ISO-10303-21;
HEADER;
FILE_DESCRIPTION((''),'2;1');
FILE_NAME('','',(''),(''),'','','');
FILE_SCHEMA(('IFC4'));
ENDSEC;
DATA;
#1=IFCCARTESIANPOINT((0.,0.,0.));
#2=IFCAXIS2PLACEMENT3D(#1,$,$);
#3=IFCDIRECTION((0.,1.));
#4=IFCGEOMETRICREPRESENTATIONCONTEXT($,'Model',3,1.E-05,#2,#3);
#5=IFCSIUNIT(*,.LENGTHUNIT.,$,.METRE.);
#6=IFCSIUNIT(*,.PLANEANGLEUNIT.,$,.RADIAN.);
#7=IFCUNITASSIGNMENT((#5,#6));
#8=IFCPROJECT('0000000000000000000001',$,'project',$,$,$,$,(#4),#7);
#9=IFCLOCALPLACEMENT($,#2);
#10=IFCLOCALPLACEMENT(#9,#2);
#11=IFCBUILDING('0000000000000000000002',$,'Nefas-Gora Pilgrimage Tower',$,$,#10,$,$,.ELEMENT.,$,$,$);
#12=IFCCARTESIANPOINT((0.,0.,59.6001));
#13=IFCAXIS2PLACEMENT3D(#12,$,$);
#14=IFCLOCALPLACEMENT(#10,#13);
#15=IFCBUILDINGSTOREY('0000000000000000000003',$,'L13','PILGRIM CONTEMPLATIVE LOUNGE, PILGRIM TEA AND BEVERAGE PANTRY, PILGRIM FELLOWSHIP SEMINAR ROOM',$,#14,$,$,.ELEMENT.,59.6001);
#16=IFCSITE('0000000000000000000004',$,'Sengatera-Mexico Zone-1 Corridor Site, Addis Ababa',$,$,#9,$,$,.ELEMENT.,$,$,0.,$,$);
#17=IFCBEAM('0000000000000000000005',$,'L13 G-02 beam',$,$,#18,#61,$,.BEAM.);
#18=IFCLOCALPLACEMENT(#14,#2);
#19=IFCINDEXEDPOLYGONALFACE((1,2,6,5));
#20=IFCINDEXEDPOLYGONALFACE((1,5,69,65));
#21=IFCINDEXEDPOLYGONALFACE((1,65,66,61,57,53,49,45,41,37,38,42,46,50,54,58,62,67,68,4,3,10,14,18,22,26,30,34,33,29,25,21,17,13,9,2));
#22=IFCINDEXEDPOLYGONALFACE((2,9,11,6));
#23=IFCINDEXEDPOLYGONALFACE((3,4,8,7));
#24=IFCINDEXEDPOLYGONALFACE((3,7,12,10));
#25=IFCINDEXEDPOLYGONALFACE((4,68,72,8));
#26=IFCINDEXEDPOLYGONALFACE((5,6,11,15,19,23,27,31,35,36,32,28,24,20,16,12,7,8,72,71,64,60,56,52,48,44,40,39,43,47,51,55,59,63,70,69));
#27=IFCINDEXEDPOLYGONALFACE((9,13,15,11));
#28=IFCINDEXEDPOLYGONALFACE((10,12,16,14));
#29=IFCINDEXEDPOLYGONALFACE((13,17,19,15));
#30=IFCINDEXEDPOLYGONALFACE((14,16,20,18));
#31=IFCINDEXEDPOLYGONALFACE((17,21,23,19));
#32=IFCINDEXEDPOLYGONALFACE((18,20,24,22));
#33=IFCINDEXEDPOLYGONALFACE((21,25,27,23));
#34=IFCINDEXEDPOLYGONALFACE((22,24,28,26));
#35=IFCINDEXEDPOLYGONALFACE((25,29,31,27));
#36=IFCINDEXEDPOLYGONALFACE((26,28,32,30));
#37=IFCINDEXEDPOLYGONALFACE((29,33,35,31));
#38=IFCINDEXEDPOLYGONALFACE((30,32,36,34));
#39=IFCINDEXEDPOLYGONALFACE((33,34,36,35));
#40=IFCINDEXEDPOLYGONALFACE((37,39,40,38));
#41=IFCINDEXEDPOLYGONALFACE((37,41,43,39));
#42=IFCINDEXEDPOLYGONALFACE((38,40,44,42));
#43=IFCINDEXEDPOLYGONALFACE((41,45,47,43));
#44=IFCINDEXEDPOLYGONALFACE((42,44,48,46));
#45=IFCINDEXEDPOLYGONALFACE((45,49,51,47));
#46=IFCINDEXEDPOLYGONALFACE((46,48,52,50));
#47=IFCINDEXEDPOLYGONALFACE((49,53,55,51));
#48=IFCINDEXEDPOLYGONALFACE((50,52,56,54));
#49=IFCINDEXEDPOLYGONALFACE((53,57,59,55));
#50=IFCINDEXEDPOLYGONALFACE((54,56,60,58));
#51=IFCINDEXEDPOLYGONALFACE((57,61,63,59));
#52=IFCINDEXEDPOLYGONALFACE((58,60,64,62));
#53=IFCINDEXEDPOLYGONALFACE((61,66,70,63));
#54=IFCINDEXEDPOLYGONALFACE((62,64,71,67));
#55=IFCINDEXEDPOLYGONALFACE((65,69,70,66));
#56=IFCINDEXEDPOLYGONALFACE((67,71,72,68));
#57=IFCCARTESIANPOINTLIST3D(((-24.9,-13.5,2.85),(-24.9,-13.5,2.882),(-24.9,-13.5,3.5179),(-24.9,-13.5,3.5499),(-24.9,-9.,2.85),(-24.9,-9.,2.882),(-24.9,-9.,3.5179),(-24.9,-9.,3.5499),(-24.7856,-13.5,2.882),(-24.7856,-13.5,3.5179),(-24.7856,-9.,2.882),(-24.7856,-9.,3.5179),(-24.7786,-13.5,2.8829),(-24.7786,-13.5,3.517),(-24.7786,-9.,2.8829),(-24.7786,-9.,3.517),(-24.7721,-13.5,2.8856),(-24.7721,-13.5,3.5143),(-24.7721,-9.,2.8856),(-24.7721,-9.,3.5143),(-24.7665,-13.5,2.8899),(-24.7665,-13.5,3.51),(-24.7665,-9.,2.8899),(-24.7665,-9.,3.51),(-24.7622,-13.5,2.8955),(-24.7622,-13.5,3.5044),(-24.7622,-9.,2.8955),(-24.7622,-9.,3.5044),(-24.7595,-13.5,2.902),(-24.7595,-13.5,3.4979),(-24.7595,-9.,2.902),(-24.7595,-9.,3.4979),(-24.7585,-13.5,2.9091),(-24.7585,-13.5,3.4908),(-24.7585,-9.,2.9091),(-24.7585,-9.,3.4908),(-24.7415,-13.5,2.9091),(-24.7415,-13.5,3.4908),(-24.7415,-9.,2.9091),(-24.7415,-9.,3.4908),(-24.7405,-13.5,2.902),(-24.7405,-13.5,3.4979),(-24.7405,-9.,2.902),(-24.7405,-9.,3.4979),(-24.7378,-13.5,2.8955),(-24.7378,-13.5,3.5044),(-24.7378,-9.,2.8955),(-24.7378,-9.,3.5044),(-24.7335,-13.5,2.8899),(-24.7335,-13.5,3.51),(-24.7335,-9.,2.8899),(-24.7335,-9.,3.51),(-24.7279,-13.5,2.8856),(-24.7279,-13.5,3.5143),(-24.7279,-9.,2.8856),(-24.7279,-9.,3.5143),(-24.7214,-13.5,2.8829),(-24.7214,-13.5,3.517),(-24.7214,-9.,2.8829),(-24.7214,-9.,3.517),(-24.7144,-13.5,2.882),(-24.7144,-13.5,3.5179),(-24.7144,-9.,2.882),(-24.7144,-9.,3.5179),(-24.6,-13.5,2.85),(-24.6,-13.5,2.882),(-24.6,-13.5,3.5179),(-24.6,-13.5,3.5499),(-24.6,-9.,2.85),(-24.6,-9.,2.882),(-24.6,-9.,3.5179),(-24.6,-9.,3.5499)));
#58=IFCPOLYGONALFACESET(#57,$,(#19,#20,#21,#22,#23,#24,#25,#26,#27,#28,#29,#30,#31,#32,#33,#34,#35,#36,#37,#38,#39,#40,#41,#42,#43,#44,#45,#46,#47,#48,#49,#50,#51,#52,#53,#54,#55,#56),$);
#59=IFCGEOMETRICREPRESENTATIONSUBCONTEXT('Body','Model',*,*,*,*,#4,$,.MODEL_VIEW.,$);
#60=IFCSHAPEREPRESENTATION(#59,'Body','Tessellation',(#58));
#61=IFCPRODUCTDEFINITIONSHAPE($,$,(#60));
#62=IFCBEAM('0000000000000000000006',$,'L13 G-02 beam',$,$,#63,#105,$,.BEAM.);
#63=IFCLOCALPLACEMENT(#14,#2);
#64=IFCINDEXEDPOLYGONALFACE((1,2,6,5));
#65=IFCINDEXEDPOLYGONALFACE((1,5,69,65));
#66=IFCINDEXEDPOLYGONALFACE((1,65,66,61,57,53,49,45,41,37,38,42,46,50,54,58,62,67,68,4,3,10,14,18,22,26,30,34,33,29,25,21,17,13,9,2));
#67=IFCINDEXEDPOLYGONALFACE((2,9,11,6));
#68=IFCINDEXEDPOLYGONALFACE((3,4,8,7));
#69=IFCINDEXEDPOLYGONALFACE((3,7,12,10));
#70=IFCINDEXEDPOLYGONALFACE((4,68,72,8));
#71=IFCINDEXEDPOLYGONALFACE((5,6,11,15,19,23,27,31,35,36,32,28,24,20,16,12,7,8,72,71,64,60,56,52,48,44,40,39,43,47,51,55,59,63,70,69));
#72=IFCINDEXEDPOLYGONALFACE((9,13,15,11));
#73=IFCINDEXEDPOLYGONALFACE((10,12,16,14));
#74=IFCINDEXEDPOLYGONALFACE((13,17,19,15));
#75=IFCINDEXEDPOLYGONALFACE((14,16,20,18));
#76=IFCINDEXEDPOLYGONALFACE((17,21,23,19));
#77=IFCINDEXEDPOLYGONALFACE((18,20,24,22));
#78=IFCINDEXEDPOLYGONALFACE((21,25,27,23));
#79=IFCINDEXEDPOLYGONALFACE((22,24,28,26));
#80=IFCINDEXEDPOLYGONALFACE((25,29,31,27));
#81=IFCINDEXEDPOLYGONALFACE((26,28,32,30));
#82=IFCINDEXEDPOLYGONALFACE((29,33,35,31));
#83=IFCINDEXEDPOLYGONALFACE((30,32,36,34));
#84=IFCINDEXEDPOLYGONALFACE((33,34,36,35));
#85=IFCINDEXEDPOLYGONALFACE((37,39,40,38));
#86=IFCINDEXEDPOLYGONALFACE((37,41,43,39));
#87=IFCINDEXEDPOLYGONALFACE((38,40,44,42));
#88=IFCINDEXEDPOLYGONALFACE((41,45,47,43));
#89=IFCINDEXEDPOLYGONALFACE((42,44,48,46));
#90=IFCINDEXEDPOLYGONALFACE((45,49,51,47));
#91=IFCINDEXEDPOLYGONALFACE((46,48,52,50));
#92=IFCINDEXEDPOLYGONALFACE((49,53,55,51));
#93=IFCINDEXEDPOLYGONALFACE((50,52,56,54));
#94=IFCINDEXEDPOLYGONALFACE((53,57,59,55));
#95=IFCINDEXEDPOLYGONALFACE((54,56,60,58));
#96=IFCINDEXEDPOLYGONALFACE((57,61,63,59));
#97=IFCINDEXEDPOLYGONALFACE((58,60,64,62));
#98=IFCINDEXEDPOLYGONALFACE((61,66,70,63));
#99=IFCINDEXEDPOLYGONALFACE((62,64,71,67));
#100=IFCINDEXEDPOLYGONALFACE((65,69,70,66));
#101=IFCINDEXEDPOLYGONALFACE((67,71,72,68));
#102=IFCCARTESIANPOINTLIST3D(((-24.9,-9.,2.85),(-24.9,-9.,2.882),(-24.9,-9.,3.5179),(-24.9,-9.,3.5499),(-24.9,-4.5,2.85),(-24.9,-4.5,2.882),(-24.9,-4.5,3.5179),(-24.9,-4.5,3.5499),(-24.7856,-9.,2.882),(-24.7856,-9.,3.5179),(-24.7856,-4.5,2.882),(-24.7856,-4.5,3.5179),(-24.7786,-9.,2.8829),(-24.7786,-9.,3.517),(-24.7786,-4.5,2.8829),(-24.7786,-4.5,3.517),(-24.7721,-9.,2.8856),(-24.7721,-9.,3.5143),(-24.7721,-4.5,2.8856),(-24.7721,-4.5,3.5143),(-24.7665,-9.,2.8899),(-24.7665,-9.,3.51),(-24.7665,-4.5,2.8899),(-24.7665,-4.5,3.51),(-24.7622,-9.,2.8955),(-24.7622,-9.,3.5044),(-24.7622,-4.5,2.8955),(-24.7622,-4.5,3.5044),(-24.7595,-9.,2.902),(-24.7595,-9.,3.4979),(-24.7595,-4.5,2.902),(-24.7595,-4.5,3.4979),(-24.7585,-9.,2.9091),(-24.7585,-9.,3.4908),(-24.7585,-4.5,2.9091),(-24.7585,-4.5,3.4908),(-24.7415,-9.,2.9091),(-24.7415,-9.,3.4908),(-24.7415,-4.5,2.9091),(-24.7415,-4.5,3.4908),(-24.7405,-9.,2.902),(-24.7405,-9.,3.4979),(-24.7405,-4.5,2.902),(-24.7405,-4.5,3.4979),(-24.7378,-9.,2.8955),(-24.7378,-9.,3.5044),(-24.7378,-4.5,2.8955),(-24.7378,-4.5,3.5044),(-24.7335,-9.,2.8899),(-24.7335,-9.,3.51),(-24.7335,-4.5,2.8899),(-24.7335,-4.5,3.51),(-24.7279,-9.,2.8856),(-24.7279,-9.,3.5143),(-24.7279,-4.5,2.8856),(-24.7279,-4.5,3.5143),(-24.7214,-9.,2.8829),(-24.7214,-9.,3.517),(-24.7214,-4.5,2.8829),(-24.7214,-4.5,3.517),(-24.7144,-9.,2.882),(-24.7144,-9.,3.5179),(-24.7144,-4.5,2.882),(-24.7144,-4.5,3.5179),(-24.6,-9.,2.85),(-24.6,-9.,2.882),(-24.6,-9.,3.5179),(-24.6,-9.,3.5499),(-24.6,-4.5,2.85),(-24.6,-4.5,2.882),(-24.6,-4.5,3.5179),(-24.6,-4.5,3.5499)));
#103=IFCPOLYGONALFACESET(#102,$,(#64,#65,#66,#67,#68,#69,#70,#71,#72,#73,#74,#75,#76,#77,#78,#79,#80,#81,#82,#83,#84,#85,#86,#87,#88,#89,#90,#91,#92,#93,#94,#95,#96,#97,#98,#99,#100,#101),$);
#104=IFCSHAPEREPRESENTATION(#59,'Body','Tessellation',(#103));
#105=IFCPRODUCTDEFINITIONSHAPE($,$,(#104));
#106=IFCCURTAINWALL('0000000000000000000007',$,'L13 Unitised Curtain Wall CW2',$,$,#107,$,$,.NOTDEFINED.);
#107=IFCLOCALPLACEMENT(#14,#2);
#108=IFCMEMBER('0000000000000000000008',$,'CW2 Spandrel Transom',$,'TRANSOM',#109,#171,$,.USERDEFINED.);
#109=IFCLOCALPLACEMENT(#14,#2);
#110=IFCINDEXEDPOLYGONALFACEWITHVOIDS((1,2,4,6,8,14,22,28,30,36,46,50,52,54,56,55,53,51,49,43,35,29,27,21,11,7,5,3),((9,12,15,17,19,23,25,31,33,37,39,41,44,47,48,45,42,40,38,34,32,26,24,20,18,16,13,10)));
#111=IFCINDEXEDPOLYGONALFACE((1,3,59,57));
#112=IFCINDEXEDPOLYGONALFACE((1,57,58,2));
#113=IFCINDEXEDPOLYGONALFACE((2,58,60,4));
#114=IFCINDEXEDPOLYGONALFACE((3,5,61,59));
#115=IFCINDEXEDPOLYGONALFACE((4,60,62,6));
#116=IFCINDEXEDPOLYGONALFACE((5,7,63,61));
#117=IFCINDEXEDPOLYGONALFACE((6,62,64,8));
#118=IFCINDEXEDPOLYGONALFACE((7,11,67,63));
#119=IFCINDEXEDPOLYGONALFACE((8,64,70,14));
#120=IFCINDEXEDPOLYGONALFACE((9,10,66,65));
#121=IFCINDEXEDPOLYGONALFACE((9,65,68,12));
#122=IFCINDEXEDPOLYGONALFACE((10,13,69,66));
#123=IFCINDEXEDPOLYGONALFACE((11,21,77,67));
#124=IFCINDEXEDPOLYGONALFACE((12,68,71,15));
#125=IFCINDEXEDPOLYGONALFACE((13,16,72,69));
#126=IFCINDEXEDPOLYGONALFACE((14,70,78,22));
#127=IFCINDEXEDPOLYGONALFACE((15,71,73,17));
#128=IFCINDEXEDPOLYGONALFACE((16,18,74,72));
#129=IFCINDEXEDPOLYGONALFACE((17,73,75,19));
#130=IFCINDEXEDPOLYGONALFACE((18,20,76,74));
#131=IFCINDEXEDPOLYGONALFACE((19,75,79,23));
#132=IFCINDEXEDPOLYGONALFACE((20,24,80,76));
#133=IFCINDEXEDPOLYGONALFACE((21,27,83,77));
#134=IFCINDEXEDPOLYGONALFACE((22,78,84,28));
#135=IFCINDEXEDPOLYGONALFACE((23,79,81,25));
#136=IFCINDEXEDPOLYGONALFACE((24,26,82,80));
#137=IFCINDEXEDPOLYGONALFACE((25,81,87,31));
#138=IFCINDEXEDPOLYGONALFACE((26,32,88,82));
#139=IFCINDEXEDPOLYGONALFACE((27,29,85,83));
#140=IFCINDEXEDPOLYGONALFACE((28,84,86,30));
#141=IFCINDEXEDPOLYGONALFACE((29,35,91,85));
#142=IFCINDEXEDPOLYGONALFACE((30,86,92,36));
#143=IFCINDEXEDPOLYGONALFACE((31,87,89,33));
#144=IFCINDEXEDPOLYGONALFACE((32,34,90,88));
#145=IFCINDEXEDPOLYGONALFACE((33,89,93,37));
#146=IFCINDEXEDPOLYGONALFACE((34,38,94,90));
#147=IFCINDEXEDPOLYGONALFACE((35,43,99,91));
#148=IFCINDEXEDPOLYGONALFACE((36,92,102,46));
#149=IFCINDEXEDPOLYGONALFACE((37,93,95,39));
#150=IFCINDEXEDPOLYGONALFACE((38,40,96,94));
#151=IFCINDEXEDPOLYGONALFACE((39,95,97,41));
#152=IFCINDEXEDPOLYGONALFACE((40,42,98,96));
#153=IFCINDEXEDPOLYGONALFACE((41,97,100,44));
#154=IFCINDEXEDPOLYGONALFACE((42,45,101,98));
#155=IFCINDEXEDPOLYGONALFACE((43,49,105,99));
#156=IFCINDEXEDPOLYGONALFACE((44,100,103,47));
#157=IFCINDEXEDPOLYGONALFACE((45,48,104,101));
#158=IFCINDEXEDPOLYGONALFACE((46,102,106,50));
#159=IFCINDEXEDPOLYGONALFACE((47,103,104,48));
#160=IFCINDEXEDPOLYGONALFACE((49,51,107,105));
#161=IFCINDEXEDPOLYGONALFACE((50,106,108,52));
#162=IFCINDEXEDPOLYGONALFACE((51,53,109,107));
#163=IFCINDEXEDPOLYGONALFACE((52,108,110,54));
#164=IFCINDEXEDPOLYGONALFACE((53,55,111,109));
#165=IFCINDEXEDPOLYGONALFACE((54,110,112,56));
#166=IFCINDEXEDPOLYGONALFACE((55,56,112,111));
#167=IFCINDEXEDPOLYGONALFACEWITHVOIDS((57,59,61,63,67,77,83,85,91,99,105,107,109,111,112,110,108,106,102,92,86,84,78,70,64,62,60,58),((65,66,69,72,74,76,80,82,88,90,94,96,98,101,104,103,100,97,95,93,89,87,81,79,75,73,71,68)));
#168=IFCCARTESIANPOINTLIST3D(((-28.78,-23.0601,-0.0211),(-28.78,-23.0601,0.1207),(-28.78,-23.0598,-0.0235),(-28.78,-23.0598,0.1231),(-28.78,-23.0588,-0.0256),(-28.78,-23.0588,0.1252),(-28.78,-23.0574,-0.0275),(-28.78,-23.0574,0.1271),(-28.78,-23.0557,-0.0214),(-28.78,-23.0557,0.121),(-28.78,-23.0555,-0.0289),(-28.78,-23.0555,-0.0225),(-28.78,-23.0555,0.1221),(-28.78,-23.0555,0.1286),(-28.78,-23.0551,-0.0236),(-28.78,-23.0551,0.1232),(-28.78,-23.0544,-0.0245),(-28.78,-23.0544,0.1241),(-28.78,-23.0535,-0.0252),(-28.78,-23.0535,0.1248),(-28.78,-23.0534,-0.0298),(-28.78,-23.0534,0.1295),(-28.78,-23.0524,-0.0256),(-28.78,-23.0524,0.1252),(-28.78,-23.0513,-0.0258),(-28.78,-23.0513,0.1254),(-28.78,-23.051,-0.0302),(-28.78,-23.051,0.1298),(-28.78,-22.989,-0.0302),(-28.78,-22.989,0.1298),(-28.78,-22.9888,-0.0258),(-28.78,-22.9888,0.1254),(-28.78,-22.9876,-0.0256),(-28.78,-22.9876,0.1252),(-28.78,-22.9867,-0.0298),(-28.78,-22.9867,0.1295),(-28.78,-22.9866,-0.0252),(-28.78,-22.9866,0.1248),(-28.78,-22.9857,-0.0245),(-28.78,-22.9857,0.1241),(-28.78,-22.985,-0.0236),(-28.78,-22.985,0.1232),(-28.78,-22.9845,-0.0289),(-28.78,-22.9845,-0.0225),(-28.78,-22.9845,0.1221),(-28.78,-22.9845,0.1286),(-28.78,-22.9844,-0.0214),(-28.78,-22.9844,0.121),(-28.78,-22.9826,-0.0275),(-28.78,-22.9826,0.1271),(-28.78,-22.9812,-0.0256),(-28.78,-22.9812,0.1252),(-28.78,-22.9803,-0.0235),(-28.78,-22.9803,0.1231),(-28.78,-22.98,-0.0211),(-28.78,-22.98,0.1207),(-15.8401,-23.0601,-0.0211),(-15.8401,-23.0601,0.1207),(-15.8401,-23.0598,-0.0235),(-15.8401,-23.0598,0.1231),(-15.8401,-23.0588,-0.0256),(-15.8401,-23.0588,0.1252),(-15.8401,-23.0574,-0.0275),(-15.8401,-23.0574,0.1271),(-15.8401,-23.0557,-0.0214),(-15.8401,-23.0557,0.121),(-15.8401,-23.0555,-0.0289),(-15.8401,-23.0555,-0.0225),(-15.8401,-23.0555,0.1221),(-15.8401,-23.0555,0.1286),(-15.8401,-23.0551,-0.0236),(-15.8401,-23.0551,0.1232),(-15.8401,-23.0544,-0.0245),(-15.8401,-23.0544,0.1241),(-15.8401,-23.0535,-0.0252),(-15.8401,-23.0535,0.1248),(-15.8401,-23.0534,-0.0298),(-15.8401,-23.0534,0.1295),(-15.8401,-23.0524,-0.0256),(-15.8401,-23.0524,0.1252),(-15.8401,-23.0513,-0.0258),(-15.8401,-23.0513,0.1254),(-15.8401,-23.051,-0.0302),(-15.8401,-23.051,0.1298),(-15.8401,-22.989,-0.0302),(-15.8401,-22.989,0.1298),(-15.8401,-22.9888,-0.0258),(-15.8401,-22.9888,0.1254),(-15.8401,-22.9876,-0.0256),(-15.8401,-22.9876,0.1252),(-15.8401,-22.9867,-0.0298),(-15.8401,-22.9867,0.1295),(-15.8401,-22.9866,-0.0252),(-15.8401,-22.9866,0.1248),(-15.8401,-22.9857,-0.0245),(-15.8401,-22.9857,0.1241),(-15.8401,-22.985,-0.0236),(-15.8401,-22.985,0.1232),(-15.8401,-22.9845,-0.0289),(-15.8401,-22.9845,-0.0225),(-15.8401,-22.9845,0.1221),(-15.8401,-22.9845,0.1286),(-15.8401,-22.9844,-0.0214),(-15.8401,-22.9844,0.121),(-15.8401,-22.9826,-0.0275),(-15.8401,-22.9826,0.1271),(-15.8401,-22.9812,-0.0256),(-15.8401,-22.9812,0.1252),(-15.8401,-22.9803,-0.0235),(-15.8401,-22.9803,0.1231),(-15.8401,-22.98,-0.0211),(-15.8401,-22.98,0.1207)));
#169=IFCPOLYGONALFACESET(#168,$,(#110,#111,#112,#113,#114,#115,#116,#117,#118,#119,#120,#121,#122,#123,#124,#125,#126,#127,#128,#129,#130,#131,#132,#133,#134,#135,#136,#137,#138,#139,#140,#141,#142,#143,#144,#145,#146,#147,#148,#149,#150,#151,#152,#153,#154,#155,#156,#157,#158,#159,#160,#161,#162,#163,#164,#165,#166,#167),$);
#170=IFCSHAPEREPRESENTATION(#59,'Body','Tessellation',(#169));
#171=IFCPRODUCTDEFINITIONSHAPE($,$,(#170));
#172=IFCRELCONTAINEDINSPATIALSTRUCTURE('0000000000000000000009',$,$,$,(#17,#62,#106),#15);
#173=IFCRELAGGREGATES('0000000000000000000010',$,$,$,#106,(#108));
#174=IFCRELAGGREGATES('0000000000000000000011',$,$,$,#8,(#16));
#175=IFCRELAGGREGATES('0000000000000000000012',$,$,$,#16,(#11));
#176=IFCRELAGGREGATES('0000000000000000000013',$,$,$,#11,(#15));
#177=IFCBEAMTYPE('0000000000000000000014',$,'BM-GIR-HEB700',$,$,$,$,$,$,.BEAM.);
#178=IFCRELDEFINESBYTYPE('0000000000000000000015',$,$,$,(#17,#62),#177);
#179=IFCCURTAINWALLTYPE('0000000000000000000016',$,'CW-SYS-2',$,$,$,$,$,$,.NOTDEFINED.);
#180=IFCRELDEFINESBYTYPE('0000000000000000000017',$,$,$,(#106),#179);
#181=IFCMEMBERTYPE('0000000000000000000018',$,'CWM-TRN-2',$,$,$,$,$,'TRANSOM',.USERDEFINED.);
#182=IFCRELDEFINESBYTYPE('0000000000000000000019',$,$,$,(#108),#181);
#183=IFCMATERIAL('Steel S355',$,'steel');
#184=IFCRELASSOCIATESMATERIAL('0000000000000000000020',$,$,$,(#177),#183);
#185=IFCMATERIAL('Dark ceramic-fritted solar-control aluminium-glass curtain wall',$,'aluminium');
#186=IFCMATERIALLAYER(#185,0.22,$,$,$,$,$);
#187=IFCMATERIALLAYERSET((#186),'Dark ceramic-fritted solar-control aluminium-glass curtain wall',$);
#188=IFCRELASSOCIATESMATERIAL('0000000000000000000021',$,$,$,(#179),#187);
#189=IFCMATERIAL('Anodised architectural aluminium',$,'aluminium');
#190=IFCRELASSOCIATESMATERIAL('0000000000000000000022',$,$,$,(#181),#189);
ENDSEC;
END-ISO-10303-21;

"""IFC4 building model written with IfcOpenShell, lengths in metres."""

from ifc_helpers import new_model, si_unit, direction, frame, origin, origin_2d, place, context, subcontext, project, spatial, hollow_rectangle, i_section, extrude, source, transform, mapped, material, layer, layer_set, material_profile, profile_set, type_object, element, aggregate, save


model = new_model("IFC4")

# Units and contexts
model_context = context("Model", 3, precision=1e-05, world=origin(), true_north=direction((0.0, 1.0)))
body_context = subcontext(model_context, "Body", "Model", "MODEL_VIEW")
ifc_project = project(units=[si_unit("LENGTHUNIT", "METRE"), si_unit("PLANEANGLEUNIT", "RADIAN")], contexts=[model_context])

# Site, building, storey
site_placement = place(None, origin())
site = spatial("IfcSite", under=ifc_project, at=site_placement, Name="Sengatera-Mexico Zone-1 Corridor Site, Addis Ababa", CompositionType="ELEMENT", RefElevation=0.0)
building_placement = place(site_placement, origin())
building = spatial("IfcBuilding", under=site, at=building_placement, Name="Nefas-Gora Pilgrimage Tower", CompositionType="ELEMENT")
storey_placement = place(building_placement, frame((0.0, 0.0, 59.6001)))
storey = spatial("IfcBuildingStorey", under=building, at=storey_placement, Name="L13", Description="PILGRIM CONTEMPLATIVE LOUNGE, PILGRIM TEA AND BEVERAGE PANTRY, PILGRIM FELLOWSHIP SEMINAR ROOM", CompositionType="ELEMENT", Elevation=59.6001)

# Beams
ifc_material_1 = material(Name="Steel S355", Category="steel")
ifc_material_profile_1 = material_profile(ifc_material_1, i_section(OverallWidth=0.3, OverallDepth=0.7, WebThickness=0.0171, FlangeThickness=0.032, FilletRadius=0.0271, at=origin_2d()), Name="HEB 700")
ifc_profile_set_1 = profile_set([ifc_material_profile_1], Name="Steel S355")
beam_type_1 = type_object("IfcBeamType", Name="BM-GIR-HEB700", PredefinedType="BEAM", material=ifc_profile_set_1)
shared_shape_1 = source(origin(), body_context, "Body", "SweptSolid", [
    extrude(i_section(OverallWidth=0.3, OverallDepth=0.7, WebThickness=0.0171, FlangeThickness=0.032, FilletRadius=0.0271, at=origin_2d()), origin(), (0.0, 0.0, 1.0), 4.5),
])
for number, where, z_axis, x_axis, name in (
    (1, (-24.75, -13.5, 3.2), (0.0, 1.0, 0.0), (-1.0, 0.0, 0.0), "L13 G-02 beam"),
    (2, (-24.75, -9.0, 3.2), (0.0, 1.0, 0.0), (-1.0, 0.0, 0.0), "L13 G-02 beam"),
):
    element("IfcBeam", number, at=place(storey_placement, frame(where, z_axis=z_axis, x_axis=x_axis)), inside=storey, type_object=beam_type_1, Name=name, PredefinedType="BEAM", context=body_context, shape_type="MappedRepresentation", body=[
        mapped(shared_shape_1, transform((0.0, 0.0, 0.0), x_axis=(1.0, 0.0, 0.0), y_axis=(0.0, 1.0, 0.0), z_axis=(0.0, 0.0, 1.0), scale=1.0)),
    ])

# Curtain wall, member
ifc_material_2 = material(Name="Dark ceramic-fritted solar-control aluminium-glass curtain wall", Category="aluminium")
ifc_layer_1 = layer(ifc_material_2, 0.22)
ifc_layer_set_1 = layer_set([ifc_layer_1], Name="Dark ceramic-fritted solar-control aluminium-glass curtain wall")
curtain_wall_type = type_object("IfcCurtainWallType", Name="CW-SYS-2", PredefinedType="NOTDEFINED", material=ifc_layer_set_1)
curtain_wall_1_placement = place(storey_placement, origin())
curtain_wall_1 = element("IfcCurtainWall", 3, at=curtain_wall_1_placement, inside=storey, type_object=curtain_wall_type, Name="L13 Unitised Curtain Wall CW2", PredefinedType="NOTDEFINED")
ifc_material_3 = material(Name="Anodised architectural aluminium", Category="aluminium")
ifc_material_profile_2 = material_profile(ifc_material_3, hollow_rectangle(XDim=0.0801, YDim=0.1599, WallThickness=0.0044, InnerFilletRadius=0.0044, OuterFilletRadius=0.009, at=origin_2d()), Name="ALU TRANSOM 80x160")
ifc_profile_set_2 = profile_set([ifc_material_profile_2], Name="Anodised architectural aluminium")
member_type_1 = type_object("IfcMemberType", Name="CWM-TRN-2", ElementType="TRANSOM", PredefinedType="USERDEFINED", material=ifc_profile_set_2)
shared_shape_2 = source(origin(), body_context, "Body", "SweptSolid", [
    extrude(hollow_rectangle(XDim=0.0801, YDim=0.1599, WallThickness=0.0044, InnerFilletRadius=0.0044, OuterFilletRadius=0.009, at=origin_2d()), origin(), (0.0, 0.0, 1.0), 12.9399),
])
member_1_placement = place(storey_placement, frame((-28.78, -23.02, 0.0498), z_axis=(1.0, 0.0, 0.0), x_axis=(0.0, 1.0, 0.0)))
member_1 = element("IfcMember", 4, at=member_1_placement, type_object=member_type_1, Name="CW2 Spandrel Transom", ObjectType="TRANSOM", PredefinedType="USERDEFINED", context=body_context, shape_type="MappedRepresentation", body=[
    mapped(shared_shape_2, transform((0.0, 0.0, 0.0), x_axis=(1.0, 0.0, 0.0), y_axis=(0.0, 1.0, 0.0), z_axis=(0.0, 0.0, 1.0), scale=1.0)),
])

aggregate(curtain_wall_1, [member_1])

save(model, "model.ifc")
